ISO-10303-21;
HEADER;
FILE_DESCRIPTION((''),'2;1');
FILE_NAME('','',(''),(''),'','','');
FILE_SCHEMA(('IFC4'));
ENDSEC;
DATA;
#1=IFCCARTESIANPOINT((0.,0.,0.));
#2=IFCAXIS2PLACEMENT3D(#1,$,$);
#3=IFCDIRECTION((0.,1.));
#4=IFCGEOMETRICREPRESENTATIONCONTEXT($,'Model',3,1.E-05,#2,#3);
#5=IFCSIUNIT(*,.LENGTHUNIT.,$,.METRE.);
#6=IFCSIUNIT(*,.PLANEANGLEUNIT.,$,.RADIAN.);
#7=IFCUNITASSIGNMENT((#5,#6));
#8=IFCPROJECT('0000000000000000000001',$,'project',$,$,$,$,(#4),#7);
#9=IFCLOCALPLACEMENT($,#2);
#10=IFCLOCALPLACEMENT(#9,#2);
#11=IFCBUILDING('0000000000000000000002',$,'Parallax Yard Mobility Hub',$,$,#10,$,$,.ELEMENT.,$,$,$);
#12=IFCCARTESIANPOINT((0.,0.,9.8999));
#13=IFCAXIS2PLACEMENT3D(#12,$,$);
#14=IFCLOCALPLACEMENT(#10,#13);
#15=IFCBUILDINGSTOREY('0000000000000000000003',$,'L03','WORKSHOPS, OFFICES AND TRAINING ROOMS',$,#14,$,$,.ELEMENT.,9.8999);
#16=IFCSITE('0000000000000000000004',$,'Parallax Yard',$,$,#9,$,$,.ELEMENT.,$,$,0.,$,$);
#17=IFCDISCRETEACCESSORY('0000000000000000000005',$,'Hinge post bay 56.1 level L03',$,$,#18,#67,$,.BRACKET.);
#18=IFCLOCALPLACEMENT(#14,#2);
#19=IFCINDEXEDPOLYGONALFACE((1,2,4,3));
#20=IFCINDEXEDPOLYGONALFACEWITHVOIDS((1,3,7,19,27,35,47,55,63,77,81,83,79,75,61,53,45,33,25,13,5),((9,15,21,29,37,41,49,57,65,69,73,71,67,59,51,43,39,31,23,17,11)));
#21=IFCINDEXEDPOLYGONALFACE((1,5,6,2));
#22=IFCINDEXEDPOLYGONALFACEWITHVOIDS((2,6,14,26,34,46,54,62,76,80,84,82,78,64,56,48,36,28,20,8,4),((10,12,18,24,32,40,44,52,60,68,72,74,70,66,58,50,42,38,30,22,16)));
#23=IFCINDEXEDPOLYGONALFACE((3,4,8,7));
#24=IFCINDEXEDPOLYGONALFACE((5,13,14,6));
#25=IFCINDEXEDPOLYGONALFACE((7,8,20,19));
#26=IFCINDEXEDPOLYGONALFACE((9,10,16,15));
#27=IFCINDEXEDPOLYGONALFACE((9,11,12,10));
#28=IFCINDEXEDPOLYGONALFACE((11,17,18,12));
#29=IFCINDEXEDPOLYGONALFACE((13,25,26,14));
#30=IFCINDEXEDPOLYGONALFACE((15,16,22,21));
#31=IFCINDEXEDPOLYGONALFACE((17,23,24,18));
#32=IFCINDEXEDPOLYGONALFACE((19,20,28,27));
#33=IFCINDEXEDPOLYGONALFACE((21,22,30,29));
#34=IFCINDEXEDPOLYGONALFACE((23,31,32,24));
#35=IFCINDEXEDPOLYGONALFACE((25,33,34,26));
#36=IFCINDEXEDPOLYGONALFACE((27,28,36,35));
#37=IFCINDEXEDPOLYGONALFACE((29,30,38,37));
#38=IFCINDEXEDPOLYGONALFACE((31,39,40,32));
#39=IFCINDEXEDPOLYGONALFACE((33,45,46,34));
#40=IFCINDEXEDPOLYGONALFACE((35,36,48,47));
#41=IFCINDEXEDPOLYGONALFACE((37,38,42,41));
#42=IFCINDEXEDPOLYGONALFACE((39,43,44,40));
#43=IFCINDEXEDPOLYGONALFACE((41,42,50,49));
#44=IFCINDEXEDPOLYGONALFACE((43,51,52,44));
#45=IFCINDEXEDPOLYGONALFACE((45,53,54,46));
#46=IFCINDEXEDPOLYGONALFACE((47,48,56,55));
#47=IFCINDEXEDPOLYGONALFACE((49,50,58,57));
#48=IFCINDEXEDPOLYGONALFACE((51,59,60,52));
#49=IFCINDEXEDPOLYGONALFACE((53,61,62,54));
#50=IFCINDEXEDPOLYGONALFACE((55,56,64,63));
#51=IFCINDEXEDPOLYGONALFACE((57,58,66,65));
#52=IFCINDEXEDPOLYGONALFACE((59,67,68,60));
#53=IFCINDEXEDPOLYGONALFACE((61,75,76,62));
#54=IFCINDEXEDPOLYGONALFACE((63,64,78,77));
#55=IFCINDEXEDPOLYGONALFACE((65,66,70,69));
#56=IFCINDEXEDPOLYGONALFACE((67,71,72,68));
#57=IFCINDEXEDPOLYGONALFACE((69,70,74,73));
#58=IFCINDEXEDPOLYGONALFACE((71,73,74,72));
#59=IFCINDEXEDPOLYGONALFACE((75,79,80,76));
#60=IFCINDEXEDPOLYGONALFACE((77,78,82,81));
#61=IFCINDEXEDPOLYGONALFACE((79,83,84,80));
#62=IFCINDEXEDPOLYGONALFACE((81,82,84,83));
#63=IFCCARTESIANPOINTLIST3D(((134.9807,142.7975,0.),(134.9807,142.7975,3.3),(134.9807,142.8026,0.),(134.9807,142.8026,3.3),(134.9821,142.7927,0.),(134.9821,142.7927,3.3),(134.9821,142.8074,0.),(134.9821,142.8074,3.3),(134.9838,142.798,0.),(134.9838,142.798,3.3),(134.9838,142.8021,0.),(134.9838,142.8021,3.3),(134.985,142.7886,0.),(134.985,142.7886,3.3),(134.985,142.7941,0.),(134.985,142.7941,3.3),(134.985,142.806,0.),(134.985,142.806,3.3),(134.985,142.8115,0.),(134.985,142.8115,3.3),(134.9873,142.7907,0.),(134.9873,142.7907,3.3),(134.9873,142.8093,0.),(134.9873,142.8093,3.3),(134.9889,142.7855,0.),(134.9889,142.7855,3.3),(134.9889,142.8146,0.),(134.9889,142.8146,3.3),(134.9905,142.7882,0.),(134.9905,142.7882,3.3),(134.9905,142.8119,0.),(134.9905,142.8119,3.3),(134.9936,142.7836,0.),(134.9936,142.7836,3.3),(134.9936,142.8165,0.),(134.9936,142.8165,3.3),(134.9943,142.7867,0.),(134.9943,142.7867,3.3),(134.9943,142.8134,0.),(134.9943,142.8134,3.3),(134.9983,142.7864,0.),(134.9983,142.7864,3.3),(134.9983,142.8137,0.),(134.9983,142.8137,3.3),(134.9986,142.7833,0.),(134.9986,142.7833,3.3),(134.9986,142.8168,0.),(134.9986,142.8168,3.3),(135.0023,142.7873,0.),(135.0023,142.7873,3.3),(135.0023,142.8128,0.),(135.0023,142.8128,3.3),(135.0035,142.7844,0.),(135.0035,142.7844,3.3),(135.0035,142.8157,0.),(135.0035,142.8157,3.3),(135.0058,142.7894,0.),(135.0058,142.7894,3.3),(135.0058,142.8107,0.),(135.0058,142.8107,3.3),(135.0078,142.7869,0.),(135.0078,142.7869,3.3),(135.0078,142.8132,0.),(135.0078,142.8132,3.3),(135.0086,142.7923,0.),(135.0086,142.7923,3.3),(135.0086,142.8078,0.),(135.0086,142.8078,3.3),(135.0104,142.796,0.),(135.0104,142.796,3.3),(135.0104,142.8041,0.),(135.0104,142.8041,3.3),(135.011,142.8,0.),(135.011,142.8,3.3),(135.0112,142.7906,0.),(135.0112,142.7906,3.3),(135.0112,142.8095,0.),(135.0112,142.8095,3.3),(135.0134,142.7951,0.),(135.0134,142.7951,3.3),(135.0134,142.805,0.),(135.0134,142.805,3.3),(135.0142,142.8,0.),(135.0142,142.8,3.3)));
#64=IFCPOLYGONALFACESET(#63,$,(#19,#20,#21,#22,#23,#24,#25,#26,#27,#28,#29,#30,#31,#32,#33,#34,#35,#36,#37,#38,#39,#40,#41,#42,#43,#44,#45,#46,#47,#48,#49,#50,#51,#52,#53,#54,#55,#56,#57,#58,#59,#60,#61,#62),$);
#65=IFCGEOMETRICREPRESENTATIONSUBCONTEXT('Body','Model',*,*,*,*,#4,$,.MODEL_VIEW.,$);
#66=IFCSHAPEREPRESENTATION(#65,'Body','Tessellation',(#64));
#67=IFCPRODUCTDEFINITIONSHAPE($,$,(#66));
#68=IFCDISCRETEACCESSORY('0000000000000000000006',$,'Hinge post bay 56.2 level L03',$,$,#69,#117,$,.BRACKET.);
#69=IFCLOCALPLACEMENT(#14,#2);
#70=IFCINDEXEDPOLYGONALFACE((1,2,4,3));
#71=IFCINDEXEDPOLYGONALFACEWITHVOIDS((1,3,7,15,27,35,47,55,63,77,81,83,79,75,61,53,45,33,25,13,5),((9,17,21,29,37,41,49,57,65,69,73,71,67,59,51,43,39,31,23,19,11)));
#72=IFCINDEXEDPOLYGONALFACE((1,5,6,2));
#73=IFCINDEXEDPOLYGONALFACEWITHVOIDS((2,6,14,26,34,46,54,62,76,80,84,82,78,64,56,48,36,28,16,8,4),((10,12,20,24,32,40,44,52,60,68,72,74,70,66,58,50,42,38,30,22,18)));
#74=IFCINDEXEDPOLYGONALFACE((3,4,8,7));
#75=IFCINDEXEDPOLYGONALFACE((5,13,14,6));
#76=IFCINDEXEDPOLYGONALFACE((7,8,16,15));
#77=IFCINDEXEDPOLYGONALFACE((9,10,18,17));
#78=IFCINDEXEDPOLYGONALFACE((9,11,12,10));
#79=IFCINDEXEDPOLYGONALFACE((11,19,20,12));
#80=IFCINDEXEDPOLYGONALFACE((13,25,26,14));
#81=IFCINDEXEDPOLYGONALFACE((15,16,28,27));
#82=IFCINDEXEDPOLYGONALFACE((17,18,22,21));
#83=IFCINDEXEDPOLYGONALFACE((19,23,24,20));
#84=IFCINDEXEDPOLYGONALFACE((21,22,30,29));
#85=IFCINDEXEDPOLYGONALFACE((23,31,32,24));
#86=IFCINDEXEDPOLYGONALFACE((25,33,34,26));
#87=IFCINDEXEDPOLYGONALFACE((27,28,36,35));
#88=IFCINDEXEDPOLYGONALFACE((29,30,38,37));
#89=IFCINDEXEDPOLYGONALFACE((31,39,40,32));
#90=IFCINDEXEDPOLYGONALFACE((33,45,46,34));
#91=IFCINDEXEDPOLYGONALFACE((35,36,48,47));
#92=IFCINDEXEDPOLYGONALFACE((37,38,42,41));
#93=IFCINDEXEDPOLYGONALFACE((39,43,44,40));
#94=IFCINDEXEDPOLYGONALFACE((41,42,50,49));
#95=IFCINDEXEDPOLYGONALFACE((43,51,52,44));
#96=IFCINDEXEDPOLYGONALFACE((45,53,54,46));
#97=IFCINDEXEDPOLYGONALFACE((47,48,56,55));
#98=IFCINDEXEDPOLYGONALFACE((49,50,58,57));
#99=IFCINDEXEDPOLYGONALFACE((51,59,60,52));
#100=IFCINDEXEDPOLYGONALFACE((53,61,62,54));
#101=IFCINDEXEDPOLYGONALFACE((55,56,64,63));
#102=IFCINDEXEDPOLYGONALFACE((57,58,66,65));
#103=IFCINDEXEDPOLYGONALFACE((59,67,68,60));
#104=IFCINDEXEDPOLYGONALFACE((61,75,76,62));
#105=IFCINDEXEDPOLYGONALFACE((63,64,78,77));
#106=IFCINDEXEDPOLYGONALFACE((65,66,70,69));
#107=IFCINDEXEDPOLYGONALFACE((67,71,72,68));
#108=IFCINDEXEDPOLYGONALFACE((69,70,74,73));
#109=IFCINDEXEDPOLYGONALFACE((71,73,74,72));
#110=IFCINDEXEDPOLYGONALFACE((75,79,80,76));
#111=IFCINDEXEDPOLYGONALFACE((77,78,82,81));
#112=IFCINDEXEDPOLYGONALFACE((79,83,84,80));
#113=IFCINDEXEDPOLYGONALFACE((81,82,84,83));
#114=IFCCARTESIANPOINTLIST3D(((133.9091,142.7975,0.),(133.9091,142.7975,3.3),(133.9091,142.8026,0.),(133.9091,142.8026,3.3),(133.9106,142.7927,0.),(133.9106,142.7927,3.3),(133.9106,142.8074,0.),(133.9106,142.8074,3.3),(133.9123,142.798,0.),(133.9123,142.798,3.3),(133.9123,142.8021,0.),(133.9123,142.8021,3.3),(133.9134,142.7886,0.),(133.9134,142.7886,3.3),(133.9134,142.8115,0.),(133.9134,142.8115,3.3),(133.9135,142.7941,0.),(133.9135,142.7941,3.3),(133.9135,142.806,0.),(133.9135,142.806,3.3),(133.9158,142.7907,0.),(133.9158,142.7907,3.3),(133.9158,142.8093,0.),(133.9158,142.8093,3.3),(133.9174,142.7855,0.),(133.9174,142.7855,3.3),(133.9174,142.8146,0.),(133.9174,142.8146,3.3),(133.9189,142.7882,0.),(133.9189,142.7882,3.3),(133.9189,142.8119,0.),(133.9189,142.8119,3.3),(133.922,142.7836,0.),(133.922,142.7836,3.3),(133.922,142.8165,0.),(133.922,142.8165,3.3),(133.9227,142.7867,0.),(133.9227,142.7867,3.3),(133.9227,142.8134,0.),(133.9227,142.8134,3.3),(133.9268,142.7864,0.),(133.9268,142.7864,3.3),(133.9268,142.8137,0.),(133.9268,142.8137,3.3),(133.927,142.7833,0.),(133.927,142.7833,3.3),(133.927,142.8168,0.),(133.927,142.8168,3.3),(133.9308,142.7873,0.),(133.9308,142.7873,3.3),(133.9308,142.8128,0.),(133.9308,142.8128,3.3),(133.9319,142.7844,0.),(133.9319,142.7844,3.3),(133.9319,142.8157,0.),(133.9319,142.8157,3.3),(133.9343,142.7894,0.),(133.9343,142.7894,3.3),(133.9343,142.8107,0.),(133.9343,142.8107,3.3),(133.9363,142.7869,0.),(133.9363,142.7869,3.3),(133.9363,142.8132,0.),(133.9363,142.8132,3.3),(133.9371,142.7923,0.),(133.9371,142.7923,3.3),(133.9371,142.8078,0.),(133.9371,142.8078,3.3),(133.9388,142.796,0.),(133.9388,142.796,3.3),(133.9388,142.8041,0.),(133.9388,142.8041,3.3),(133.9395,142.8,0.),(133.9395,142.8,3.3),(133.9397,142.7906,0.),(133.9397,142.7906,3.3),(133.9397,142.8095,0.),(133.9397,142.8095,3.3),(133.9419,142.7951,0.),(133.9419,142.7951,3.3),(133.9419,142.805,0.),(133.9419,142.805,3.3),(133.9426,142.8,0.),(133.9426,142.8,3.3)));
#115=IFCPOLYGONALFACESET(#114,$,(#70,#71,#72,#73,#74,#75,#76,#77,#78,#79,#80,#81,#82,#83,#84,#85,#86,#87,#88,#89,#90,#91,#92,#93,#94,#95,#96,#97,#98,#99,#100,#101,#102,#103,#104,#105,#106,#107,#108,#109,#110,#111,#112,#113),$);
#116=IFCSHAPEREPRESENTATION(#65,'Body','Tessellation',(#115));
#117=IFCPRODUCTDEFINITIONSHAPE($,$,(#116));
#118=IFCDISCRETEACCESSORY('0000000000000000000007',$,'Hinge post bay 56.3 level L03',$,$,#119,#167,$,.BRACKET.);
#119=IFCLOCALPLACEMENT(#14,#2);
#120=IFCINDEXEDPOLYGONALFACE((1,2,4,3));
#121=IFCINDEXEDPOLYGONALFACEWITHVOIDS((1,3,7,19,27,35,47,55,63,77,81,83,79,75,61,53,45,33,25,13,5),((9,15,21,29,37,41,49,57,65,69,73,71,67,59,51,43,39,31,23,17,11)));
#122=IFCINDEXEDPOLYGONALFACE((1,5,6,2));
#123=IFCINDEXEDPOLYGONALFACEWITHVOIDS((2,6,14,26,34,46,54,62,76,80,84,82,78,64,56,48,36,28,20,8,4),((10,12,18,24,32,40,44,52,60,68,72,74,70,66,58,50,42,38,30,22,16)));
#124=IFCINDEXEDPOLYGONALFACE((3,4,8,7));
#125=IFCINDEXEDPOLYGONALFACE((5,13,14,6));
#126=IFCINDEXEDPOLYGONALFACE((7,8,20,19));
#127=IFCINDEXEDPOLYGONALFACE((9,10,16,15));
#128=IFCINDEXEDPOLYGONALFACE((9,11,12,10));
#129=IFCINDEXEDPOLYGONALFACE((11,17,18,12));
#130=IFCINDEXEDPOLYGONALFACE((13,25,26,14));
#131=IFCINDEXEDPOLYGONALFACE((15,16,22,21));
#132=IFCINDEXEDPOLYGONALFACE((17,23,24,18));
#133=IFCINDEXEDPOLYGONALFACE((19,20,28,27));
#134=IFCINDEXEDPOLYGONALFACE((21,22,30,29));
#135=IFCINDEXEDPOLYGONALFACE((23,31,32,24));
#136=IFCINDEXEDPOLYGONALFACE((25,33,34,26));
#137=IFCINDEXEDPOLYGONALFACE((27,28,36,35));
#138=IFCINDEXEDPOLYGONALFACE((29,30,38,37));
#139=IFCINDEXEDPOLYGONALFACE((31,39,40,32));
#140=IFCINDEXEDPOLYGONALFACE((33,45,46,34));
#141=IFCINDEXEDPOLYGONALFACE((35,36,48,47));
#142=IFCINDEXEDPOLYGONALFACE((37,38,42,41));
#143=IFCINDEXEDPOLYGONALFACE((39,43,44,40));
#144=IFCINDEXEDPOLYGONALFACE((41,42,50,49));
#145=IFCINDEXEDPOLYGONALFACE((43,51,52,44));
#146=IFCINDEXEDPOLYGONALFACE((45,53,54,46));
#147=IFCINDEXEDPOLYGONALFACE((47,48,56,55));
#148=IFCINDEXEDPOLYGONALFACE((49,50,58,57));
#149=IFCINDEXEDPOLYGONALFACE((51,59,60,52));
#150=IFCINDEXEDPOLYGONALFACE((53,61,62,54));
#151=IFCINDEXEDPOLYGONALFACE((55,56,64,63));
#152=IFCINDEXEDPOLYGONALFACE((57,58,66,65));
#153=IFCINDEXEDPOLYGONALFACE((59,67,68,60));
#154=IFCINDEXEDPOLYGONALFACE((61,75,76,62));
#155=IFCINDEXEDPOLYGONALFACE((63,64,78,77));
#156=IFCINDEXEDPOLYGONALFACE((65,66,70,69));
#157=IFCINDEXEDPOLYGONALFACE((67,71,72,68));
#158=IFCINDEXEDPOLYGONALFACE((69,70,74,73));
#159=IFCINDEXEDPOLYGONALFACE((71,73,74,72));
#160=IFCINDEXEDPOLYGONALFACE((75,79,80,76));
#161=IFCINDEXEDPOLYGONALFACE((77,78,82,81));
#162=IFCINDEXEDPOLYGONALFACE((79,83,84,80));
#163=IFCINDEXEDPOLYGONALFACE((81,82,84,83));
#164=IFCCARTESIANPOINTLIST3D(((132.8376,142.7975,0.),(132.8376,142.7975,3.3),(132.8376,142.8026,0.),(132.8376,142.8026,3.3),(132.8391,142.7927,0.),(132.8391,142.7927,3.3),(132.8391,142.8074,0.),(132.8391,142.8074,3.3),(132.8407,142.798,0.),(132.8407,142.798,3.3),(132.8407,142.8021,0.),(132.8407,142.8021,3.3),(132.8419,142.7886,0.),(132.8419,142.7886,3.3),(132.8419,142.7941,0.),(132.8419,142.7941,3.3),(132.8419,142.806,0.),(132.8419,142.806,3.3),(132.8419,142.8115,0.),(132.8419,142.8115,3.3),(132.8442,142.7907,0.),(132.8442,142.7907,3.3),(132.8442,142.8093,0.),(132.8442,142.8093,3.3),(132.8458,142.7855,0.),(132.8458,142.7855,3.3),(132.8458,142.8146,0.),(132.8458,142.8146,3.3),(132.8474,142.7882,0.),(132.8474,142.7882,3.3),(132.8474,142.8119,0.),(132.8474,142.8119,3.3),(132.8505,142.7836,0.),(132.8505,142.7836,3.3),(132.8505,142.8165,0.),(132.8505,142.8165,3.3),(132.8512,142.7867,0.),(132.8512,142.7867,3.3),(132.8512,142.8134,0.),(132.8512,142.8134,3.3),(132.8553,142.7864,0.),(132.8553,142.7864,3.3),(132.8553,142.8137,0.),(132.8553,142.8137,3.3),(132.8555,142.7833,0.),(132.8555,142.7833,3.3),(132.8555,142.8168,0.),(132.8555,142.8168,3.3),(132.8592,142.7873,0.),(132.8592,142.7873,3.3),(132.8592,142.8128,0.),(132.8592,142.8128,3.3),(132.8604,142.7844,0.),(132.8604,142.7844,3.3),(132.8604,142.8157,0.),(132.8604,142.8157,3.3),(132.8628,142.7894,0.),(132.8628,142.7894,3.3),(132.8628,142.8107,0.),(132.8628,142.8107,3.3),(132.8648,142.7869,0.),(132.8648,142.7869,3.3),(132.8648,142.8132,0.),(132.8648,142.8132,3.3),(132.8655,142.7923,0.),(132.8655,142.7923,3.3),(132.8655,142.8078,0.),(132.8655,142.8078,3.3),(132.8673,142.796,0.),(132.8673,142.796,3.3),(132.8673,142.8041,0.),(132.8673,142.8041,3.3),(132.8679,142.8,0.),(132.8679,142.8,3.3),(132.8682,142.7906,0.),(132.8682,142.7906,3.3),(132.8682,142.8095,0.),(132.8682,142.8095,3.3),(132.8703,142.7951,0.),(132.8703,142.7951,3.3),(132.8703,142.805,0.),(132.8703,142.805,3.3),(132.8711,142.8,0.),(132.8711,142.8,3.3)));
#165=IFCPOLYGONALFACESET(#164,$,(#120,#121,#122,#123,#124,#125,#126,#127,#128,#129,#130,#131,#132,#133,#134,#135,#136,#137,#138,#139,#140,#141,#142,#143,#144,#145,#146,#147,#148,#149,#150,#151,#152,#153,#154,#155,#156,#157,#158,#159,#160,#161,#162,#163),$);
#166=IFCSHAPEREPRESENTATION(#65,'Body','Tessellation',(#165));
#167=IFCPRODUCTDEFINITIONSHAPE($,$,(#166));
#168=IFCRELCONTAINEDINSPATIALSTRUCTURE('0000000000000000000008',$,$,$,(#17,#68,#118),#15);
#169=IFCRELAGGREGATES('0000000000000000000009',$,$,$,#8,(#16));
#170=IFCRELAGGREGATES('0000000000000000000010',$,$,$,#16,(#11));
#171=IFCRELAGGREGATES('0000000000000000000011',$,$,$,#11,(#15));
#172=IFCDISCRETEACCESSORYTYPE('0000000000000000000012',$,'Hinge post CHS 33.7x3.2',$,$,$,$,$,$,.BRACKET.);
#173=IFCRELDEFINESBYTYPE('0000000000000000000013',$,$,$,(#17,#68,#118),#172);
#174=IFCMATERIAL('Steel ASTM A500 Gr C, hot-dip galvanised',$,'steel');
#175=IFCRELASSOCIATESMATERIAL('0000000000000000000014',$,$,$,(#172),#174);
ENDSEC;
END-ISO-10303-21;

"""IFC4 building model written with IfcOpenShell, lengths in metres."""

from ifc_helpers import new_model, si_unit, direction, frame, origin, origin_2d, place, context, subcontext, project, spatial, hollow_circle, extrude, material, material_profile, profile_set, type_object, element, save


model = new_model("IFC4")

# Units and contexts
model_context = context("Model", 3, precision=1e-05, world=origin(), true_north=direction((0.0, 1.0)))
body_context = subcontext(model_context, "Body", "Model", "MODEL_VIEW")
ifc_project = project(units=[si_unit("LENGTHUNIT", "METRE"), si_unit("PLANEANGLEUNIT", "RADIAN")], contexts=[model_context])

# Site, building, storey
site_placement = place(None, origin())
site = spatial("IfcSite", under=ifc_project, at=site_placement, Name="Parallax Yard", CompositionType="ELEMENT", RefElevation=0.0)
building_placement = place(site_placement, origin())
building = spatial("IfcBuilding", under=site, at=building_placement, Name="Parallax Yard Mobility Hub", CompositionType="ELEMENT")
storey_placement = place(building_placement, frame((0.0, 0.0, 9.8999)))
storey = spatial("IfcBuildingStorey", under=building, at=storey_placement, Name="L03", Description="WORKSHOPS, OFFICES AND TRAINING ROOMS", CompositionType="ELEMENT", Elevation=9.8999)

# Discrete accessories
ifc_material_1 = material(Name="Steel ASTM A500 Gr C, hot-dip galvanised", Category="steel")
ifc_material_profile = material_profile(ifc_material_1, hollow_circle(Radius=0.0168, WallThickness=0.0032, at=origin_2d()), Name="CHS 33.7x3.2")
ifc_profile_set = profile_set([ifc_material_profile], Name="Steel ASTM A500 Gr C, hot-dip galvanised")
discrete_accessory_type_1 = type_object("IfcDiscreteAccessoryType", Name="Hinge post CHS 33.7x3.2", PredefinedType="BRACKET", material=ifc_profile_set)
for number, where, z_axis, x_axis, name in (
    (1, (134.9973, 142.8, 0.0), (0.0, 0.0, 1.0), (1.0, 0.0, 0.0), "Hinge post bay 56.1 level L03"),
    (2, (133.9258, 142.8, 0.0), (0.0, 0.0, 1.0), (1.0, 0.0, 0.0), "Hinge post bay 56.2 level L03"),
    (3, (132.8542, 142.8, 0.0), (0.0, 0.0, 1.0), (1.0, 0.0, 0.0), "Hinge post bay 56.3 level L03"),
):
    element("IfcDiscreteAccessory", number, at=place(storey_placement, frame(where, z_axis=z_axis, x_axis=x_axis)), inside=storey, type_object=discrete_accessory_type_1, Name=name, PredefinedType="BRACKET", context=body_context, shape_type="SweptSolid", body=[
        extrude(hollow_circle(Radius=0.0168, WallThickness=0.0032, at=origin_2d()), origin(), (0.0, 0.0, 1.0), 3.3),
    ])

save(model, "model.ifc")
